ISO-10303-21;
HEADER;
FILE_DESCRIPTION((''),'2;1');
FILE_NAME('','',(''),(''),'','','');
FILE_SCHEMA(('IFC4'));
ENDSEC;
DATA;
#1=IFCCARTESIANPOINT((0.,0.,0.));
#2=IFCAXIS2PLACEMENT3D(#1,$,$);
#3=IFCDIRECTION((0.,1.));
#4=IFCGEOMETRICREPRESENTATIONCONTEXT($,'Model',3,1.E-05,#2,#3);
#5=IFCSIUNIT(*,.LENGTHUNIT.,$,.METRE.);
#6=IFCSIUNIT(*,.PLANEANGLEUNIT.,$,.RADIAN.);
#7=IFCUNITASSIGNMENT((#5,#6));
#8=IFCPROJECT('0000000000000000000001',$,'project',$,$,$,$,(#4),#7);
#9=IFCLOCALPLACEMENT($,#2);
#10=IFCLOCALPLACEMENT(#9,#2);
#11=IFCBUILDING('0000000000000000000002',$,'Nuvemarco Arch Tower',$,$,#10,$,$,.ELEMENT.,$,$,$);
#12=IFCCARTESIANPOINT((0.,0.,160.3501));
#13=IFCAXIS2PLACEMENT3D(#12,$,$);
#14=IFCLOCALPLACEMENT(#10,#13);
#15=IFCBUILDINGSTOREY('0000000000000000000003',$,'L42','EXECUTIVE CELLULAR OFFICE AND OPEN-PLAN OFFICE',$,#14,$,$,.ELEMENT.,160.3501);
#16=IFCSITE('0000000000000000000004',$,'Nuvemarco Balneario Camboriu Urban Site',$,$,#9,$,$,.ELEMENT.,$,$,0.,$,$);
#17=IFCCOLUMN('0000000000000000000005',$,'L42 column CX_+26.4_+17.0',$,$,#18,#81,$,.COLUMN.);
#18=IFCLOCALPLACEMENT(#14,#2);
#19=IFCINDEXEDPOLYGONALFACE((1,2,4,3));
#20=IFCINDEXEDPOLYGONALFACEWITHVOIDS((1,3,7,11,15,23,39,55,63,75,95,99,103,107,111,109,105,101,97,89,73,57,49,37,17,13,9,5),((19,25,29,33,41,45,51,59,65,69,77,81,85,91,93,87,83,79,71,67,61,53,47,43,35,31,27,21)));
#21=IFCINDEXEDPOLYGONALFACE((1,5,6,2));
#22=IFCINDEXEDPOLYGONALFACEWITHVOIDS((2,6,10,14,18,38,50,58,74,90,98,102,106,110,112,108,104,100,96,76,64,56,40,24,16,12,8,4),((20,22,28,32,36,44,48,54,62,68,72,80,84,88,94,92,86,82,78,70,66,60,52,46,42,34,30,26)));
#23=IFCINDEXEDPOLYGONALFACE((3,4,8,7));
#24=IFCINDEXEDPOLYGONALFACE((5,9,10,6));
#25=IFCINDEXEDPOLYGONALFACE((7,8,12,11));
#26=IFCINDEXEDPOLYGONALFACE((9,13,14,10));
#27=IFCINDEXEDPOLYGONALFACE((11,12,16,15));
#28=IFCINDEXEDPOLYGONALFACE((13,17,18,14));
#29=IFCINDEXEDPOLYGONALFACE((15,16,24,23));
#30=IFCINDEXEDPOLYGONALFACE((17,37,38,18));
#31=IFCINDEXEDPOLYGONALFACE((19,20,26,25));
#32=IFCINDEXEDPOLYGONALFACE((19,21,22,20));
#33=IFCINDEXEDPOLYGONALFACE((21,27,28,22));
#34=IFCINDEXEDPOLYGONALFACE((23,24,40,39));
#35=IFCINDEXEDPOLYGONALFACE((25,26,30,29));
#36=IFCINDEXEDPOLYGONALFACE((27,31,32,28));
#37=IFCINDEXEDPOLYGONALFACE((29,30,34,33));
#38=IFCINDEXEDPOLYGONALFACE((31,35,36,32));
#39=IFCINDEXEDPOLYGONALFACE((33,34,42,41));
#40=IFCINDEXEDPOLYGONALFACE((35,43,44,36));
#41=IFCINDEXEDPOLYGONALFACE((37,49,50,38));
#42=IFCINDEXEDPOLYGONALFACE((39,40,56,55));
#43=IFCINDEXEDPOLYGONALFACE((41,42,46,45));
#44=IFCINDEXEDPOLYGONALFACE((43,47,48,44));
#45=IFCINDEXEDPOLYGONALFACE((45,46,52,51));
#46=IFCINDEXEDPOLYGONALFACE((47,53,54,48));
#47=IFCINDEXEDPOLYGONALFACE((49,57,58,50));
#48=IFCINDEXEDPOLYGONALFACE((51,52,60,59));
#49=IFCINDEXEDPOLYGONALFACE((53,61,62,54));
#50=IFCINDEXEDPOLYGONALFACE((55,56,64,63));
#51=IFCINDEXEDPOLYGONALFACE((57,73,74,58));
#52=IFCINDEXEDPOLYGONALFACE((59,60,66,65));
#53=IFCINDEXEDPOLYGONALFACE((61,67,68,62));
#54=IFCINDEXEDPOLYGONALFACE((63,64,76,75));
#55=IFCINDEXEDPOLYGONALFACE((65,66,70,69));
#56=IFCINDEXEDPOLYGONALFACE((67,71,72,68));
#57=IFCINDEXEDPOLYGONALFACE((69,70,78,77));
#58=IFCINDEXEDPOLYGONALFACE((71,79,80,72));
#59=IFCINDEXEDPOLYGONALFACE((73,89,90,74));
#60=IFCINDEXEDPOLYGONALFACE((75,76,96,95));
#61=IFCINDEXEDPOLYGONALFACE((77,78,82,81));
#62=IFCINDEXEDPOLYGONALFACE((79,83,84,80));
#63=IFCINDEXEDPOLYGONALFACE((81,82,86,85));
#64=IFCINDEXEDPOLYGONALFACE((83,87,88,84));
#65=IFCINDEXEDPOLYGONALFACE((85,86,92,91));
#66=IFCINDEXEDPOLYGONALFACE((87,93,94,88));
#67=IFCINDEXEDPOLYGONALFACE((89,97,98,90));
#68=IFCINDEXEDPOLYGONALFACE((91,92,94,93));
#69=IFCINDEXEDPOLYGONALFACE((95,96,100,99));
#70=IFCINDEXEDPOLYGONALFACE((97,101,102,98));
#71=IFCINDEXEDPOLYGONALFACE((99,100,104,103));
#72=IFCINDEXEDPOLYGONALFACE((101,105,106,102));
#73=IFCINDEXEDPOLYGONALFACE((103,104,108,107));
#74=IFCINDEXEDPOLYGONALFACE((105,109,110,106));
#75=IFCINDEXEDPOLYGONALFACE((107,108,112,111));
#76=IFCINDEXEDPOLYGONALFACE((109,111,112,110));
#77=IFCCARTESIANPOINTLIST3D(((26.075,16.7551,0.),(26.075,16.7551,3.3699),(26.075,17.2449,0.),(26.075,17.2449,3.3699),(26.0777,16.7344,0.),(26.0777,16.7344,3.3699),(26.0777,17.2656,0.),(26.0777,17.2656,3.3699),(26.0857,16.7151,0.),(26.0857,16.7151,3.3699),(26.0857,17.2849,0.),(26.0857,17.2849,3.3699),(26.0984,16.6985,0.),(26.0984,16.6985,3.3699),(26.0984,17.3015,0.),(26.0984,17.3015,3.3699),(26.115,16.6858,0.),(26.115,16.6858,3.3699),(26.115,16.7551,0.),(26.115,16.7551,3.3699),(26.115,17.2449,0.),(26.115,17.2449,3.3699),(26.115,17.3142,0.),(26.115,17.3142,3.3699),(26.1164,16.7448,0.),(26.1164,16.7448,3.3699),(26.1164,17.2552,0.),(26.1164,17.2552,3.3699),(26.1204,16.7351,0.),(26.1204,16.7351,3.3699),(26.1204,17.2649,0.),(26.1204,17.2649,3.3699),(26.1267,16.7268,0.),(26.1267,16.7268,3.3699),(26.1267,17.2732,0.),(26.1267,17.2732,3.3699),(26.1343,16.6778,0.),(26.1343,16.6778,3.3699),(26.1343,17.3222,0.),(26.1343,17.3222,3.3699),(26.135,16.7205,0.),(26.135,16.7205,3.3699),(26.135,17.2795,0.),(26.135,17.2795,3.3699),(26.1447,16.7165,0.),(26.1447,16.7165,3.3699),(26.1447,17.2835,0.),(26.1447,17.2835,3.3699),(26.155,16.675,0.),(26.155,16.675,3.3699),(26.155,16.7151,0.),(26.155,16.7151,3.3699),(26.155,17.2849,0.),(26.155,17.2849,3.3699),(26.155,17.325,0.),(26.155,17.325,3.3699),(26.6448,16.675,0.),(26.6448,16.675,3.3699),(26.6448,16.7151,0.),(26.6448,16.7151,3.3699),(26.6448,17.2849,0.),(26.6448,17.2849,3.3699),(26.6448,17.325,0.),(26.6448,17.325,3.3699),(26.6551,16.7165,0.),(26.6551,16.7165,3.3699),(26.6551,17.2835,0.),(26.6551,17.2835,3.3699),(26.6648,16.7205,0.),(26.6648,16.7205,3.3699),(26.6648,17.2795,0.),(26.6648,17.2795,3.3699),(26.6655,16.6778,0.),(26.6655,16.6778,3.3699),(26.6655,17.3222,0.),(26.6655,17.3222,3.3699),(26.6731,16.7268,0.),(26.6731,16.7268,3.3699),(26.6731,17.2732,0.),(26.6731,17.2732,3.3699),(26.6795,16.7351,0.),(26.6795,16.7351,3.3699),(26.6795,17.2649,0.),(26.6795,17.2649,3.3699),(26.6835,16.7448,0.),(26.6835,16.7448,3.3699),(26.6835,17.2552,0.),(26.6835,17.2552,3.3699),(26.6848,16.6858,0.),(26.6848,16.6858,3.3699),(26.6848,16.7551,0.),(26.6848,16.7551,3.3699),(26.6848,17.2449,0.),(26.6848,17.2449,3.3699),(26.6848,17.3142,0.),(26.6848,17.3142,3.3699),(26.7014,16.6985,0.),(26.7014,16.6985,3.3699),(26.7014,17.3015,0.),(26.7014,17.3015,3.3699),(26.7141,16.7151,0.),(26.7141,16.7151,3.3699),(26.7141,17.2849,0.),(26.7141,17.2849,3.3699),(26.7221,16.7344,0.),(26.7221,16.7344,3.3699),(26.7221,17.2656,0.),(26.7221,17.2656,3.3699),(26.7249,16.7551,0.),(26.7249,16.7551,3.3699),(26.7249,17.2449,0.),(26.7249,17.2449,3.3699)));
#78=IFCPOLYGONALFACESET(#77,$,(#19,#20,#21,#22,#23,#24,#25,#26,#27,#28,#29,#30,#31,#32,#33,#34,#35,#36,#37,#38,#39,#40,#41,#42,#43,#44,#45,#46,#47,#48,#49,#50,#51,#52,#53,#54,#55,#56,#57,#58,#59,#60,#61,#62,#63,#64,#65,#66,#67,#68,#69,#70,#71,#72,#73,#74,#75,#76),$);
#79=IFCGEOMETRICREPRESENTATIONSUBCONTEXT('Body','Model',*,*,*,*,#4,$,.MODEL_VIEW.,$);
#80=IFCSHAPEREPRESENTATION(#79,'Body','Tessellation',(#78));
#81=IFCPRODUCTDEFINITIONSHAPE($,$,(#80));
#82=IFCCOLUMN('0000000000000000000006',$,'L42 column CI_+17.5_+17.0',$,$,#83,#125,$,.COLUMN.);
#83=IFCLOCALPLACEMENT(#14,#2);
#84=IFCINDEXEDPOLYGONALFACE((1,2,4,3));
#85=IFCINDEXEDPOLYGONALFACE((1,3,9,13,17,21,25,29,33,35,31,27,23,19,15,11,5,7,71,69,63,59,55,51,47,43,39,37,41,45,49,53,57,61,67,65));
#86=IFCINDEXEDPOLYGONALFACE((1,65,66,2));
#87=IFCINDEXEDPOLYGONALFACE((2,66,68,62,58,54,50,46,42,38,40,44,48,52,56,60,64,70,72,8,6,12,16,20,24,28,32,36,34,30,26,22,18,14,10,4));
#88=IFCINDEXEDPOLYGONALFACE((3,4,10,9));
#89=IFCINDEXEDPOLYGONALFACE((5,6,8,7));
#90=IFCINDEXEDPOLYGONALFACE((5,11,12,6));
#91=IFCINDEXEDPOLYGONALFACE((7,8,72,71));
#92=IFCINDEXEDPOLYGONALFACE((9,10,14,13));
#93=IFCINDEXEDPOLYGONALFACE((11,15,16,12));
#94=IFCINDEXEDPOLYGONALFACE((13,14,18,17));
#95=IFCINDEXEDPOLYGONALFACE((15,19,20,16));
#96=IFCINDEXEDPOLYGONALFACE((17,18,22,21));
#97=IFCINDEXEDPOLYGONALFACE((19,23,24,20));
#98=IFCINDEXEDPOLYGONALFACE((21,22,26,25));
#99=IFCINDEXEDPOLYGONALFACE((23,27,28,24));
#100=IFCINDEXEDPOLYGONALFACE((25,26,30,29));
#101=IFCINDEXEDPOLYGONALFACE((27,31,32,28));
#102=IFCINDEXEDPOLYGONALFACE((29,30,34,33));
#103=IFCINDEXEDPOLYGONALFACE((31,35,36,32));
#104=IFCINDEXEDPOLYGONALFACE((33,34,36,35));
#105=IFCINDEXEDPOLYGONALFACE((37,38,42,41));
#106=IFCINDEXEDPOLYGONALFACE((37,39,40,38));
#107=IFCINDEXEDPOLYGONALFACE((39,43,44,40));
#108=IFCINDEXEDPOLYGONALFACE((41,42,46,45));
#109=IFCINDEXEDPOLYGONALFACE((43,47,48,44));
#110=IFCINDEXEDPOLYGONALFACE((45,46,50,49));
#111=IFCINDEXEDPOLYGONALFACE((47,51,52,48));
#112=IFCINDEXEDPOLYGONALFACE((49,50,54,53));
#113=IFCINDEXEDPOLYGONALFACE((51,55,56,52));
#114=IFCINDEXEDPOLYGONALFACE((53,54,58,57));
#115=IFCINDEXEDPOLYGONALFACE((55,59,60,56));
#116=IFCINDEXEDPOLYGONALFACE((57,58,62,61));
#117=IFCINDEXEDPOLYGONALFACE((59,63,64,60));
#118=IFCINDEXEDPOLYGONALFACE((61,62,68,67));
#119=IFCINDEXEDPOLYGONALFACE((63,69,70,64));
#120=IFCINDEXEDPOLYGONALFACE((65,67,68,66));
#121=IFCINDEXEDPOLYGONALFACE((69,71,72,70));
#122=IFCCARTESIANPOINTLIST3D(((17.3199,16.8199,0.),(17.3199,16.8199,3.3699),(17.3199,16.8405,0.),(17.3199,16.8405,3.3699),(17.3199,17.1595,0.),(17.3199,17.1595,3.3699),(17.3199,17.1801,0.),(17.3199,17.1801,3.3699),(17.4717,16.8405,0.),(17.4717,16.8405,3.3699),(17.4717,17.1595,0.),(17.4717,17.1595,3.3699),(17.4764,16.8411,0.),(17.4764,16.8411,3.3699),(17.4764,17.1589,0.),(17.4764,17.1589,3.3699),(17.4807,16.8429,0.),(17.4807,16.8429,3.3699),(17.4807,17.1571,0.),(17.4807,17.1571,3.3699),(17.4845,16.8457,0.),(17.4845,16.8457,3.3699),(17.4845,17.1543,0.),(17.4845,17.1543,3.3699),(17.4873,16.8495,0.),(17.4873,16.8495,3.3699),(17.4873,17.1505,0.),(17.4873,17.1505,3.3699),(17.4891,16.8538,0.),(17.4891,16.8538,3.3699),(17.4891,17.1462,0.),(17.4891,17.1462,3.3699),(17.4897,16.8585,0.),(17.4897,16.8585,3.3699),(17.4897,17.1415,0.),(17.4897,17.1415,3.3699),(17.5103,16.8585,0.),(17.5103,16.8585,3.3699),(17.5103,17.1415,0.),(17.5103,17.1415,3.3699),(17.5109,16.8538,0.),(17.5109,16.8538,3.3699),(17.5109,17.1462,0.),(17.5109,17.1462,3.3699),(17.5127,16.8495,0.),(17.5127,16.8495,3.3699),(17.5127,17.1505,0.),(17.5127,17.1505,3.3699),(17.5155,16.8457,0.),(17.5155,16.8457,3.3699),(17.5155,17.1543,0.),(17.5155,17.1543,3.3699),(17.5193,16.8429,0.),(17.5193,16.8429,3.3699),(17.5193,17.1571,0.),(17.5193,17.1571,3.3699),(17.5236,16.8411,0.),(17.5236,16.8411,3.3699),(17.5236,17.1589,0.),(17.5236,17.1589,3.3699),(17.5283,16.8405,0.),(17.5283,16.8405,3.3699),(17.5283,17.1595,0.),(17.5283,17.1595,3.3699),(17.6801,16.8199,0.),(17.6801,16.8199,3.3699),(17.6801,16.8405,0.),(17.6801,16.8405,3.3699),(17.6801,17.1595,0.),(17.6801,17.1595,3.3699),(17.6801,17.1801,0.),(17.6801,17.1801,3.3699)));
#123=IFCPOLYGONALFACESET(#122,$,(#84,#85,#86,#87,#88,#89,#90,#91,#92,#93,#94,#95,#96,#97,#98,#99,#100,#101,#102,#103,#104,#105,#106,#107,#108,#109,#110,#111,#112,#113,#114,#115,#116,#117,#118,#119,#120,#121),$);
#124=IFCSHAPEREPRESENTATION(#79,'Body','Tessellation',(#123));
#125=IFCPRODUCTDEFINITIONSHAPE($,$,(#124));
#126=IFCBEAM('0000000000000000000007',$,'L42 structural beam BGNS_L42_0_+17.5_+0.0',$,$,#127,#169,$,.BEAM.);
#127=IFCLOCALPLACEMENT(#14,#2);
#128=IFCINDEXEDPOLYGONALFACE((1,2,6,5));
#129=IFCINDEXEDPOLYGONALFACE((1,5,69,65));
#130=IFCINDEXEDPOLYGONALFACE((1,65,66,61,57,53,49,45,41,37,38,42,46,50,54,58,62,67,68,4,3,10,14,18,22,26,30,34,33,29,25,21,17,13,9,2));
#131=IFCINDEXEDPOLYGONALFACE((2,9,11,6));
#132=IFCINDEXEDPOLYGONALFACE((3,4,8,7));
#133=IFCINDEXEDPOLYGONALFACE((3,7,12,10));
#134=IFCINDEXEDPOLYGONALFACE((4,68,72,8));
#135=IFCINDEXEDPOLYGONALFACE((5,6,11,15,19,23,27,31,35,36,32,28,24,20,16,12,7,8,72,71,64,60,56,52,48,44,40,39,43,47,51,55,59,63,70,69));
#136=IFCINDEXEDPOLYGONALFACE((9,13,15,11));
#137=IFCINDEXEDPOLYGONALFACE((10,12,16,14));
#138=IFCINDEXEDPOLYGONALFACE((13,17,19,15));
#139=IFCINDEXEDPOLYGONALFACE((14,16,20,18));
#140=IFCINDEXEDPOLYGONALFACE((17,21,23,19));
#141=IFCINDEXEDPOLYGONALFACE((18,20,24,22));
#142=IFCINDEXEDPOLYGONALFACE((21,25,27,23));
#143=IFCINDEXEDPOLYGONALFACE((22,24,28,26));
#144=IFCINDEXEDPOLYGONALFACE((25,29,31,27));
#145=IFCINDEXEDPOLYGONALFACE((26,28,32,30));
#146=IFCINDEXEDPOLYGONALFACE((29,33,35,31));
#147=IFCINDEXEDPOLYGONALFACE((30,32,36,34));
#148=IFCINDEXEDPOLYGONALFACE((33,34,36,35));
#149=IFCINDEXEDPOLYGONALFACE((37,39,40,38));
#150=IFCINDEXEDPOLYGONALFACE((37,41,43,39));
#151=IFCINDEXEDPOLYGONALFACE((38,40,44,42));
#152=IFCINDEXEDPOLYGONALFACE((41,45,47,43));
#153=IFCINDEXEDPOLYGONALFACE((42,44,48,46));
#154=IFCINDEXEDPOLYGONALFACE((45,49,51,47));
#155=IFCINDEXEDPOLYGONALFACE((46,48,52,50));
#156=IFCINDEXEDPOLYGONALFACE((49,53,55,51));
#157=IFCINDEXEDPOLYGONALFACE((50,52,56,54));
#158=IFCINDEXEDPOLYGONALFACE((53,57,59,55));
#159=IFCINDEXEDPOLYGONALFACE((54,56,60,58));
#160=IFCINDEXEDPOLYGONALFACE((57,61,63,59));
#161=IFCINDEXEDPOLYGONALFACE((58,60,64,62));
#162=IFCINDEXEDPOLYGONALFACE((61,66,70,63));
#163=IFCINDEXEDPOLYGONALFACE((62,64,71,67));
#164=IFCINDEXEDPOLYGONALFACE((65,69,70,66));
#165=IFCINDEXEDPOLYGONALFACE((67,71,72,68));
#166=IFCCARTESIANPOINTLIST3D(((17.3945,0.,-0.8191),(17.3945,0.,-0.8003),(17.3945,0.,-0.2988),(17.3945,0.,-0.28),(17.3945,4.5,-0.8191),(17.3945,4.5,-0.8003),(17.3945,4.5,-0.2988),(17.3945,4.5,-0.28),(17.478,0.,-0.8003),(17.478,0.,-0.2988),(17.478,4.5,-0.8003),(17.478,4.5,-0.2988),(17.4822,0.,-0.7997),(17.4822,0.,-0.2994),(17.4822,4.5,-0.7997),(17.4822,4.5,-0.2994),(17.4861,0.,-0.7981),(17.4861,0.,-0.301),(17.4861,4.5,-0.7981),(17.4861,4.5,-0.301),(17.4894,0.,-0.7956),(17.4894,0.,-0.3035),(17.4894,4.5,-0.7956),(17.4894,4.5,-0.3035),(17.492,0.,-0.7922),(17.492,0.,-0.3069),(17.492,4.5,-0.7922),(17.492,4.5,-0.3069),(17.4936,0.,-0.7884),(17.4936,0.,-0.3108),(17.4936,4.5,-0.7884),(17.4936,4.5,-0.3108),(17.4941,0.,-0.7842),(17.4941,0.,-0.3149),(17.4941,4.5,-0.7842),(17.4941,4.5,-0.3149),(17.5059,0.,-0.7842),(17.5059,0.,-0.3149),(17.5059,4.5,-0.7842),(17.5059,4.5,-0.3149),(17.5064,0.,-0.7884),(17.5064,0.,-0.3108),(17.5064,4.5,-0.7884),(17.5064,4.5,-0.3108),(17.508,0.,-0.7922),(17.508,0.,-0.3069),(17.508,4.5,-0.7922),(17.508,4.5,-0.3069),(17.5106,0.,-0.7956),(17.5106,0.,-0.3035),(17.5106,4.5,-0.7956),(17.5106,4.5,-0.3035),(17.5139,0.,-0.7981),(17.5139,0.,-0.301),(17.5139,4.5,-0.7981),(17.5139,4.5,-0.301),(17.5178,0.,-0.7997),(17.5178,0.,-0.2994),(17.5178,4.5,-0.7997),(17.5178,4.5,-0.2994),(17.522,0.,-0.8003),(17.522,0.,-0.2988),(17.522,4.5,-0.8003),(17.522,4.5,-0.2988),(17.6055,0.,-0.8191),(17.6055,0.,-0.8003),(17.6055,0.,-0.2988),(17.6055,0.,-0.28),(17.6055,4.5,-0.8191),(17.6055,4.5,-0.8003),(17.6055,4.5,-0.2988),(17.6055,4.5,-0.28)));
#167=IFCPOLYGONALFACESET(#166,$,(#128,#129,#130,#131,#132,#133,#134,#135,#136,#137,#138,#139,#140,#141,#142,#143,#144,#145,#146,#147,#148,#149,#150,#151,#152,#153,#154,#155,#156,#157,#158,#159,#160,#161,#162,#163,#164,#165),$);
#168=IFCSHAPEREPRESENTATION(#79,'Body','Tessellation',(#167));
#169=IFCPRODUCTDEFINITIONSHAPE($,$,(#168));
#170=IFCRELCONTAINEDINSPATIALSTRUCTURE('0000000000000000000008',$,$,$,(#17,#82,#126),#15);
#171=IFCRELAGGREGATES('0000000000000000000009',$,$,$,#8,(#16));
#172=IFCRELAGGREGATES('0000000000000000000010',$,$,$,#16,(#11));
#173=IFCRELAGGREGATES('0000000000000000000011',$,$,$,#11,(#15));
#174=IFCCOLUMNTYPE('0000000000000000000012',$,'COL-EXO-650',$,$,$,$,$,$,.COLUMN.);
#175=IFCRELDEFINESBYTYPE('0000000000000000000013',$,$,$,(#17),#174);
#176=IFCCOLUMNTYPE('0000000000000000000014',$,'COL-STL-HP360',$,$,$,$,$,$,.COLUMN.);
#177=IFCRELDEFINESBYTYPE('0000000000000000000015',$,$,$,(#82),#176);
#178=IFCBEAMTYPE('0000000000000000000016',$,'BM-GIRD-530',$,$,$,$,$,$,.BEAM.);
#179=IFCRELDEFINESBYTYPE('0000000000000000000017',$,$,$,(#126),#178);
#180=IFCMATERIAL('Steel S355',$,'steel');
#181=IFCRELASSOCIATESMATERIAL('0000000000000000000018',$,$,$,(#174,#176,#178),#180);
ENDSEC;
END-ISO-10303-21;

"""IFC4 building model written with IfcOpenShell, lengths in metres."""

from ifc_helpers import new_model, si_unit, direction, frame, origin, origin_2d, place, context, subcontext, project, spatial, hollow_rectangle, i_section, extrude, material, material_profile, profile_set, type_object, element, save


model = new_model("IFC4")

# Units and contexts
model_context = context("Model", 3, precision=1e-05, world=origin(), true_north=direction((0.0, 1.0)))
body_context = subcontext(model_context, "Body", "Model", "MODEL_VIEW")
ifc_project = project(units=[si_unit("LENGTHUNIT", "METRE"), si_unit("PLANEANGLEUNIT", "RADIAN")], contexts=[model_context])

# Site, building, storey
site_placement = place(None, origin())
site = spatial("IfcSite", under=ifc_project, at=site_placement, Name="Nuvemarco Balneario Camboriu Urban Site", CompositionType="ELEMENT", RefElevation=0.0)
building_placement = place(site_placement, origin())
building = spatial("IfcBuilding", under=site, at=building_placement, Name="Nuvemarco Arch Tower", CompositionType="ELEMENT")
storey_placement = place(building_placement, frame((0.0, 0.0, 160.3501)))
storey = spatial("IfcBuildingStorey", under=building, at=storey_placement, Name="L42", Description="EXECUTIVE CELLULAR OFFICE AND OPEN-PLAN OFFICE", CompositionType="ELEMENT", Elevation=160.3501)

# Columns
ifc_material_1 = material(Name="Steel S355", Category="steel")
ifc_material_profile_1 = material_profile(ifc_material_1, hollow_rectangle(XDim=0.6499, YDim=0.6499, WallThickness=0.04, InnerFilletRadius=0.04, OuterFilletRadius=0.0801, at=origin_2d()), Name="SHS650x650x40")
ifc_profile_set_1 = profile_set([ifc_material_profile_1], Name="Steel S355")
column_type_1 = type_object("IfcColumnType", Name="COL-EXO-650", PredefinedType="COLUMN", material=ifc_profile_set_1)
for number, where, z_axis, x_axis, name in (
    (1, (26.3999, 17.0, 0.0), (0.0, 0.0, 1.0), (1.0, 0.0, 0.0), "L42 column CX_+26.4_+17.0"),
):
    element("IfcColumn", number, at=place(storey_placement, frame(where, z_axis=z_axis, x_axis=x_axis)), inside=storey, type_object=column_type_1, Name=name, PredefinedType="COLUMN", context=body_context, shape_type="SweptSolid", body=[
        extrude(hollow_rectangle(XDim=0.6499, YDim=0.6499, WallThickness=0.04, InnerFilletRadius=0.04, OuterFilletRadius=0.0801, at=origin_2d()), origin(), (0.0, 0.0, 1.0), 3.3699),
    ])
ifc_material_profile_2 = material_profile(ifc_material_1, i_section(OverallWidth=0.3601, OverallDepth=0.3601, WebThickness=0.0205, FlangeThickness=0.0205, FilletRadius=0.0181, at=origin_2d()), Name="HP360x174")
ifc_profile_set_2 = profile_set([ifc_material_profile_2], Name="Steel S355")
column_type_2 = type_object("IfcColumnType", Name="COL-STL-HP360", PredefinedType="COLUMN", material=ifc_profile_set_2)
column_placement = place(storey_placement, frame((17.5, 17.0, 0.0), z_axis=(0.0, 0.0, 1.0), x_axis=(1.0, 0.0, 0.0)))
element("IfcColumn", 2, at=column_placement, inside=storey, type_object=column_type_2, Name="L42 column CI_+17.5_+17.0", PredefinedType="COLUMN", context=body_context, shape_type="SweptSolid", body=[
    extrude(i_section(OverallWidth=0.3601, OverallDepth=0.3601, WebThickness=0.0205, FlangeThickness=0.0205, FilletRadius=0.0181, at=origin_2d()), origin(), (0.0, 0.0, 1.0), 3.3699),
])

# Beam
ifc_material_profile_3 = material_profile(ifc_material_1, i_section(OverallWidth=0.2109, OverallDepth=0.5391, WebThickness=0.0117, FlangeThickness=0.0188, FilletRadius=0.0161, at=origin_2d()), Name="W530x109")
ifc_profile_set_3 = profile_set([ifc_material_profile_3], Name="Steel S355")
beam_type_1 = type_object("IfcBeamType", Name="BM-GIRD-530", PredefinedType="BEAM", material=ifc_profile_set_3)
beam_1_placement = place(storey_placement, frame((17.5, 0.0, -0.5496), z_axis=(0.0, 1.0, 0.0), x_axis=(-1.0, 0.0, 0.0)))
element("IfcBeam", 3, at=beam_1_placement, inside=storey, type_object=beam_type_1, Name="L42 structural beam BGNS_L42_0_+17.5_+0.0", PredefinedType="BEAM", context=body_context, shape_type="SweptSolid", body=[
    extrude(i_section(OverallWidth=0.2109, OverallDepth=0.5391, WebThickness=0.0117, FlangeThickness=0.0188, FilletRadius=0.0161, at=origin_2d()), origin(), (0.0, 0.0, 1.0), 4.5),
])

save(model, "model.ifc")
